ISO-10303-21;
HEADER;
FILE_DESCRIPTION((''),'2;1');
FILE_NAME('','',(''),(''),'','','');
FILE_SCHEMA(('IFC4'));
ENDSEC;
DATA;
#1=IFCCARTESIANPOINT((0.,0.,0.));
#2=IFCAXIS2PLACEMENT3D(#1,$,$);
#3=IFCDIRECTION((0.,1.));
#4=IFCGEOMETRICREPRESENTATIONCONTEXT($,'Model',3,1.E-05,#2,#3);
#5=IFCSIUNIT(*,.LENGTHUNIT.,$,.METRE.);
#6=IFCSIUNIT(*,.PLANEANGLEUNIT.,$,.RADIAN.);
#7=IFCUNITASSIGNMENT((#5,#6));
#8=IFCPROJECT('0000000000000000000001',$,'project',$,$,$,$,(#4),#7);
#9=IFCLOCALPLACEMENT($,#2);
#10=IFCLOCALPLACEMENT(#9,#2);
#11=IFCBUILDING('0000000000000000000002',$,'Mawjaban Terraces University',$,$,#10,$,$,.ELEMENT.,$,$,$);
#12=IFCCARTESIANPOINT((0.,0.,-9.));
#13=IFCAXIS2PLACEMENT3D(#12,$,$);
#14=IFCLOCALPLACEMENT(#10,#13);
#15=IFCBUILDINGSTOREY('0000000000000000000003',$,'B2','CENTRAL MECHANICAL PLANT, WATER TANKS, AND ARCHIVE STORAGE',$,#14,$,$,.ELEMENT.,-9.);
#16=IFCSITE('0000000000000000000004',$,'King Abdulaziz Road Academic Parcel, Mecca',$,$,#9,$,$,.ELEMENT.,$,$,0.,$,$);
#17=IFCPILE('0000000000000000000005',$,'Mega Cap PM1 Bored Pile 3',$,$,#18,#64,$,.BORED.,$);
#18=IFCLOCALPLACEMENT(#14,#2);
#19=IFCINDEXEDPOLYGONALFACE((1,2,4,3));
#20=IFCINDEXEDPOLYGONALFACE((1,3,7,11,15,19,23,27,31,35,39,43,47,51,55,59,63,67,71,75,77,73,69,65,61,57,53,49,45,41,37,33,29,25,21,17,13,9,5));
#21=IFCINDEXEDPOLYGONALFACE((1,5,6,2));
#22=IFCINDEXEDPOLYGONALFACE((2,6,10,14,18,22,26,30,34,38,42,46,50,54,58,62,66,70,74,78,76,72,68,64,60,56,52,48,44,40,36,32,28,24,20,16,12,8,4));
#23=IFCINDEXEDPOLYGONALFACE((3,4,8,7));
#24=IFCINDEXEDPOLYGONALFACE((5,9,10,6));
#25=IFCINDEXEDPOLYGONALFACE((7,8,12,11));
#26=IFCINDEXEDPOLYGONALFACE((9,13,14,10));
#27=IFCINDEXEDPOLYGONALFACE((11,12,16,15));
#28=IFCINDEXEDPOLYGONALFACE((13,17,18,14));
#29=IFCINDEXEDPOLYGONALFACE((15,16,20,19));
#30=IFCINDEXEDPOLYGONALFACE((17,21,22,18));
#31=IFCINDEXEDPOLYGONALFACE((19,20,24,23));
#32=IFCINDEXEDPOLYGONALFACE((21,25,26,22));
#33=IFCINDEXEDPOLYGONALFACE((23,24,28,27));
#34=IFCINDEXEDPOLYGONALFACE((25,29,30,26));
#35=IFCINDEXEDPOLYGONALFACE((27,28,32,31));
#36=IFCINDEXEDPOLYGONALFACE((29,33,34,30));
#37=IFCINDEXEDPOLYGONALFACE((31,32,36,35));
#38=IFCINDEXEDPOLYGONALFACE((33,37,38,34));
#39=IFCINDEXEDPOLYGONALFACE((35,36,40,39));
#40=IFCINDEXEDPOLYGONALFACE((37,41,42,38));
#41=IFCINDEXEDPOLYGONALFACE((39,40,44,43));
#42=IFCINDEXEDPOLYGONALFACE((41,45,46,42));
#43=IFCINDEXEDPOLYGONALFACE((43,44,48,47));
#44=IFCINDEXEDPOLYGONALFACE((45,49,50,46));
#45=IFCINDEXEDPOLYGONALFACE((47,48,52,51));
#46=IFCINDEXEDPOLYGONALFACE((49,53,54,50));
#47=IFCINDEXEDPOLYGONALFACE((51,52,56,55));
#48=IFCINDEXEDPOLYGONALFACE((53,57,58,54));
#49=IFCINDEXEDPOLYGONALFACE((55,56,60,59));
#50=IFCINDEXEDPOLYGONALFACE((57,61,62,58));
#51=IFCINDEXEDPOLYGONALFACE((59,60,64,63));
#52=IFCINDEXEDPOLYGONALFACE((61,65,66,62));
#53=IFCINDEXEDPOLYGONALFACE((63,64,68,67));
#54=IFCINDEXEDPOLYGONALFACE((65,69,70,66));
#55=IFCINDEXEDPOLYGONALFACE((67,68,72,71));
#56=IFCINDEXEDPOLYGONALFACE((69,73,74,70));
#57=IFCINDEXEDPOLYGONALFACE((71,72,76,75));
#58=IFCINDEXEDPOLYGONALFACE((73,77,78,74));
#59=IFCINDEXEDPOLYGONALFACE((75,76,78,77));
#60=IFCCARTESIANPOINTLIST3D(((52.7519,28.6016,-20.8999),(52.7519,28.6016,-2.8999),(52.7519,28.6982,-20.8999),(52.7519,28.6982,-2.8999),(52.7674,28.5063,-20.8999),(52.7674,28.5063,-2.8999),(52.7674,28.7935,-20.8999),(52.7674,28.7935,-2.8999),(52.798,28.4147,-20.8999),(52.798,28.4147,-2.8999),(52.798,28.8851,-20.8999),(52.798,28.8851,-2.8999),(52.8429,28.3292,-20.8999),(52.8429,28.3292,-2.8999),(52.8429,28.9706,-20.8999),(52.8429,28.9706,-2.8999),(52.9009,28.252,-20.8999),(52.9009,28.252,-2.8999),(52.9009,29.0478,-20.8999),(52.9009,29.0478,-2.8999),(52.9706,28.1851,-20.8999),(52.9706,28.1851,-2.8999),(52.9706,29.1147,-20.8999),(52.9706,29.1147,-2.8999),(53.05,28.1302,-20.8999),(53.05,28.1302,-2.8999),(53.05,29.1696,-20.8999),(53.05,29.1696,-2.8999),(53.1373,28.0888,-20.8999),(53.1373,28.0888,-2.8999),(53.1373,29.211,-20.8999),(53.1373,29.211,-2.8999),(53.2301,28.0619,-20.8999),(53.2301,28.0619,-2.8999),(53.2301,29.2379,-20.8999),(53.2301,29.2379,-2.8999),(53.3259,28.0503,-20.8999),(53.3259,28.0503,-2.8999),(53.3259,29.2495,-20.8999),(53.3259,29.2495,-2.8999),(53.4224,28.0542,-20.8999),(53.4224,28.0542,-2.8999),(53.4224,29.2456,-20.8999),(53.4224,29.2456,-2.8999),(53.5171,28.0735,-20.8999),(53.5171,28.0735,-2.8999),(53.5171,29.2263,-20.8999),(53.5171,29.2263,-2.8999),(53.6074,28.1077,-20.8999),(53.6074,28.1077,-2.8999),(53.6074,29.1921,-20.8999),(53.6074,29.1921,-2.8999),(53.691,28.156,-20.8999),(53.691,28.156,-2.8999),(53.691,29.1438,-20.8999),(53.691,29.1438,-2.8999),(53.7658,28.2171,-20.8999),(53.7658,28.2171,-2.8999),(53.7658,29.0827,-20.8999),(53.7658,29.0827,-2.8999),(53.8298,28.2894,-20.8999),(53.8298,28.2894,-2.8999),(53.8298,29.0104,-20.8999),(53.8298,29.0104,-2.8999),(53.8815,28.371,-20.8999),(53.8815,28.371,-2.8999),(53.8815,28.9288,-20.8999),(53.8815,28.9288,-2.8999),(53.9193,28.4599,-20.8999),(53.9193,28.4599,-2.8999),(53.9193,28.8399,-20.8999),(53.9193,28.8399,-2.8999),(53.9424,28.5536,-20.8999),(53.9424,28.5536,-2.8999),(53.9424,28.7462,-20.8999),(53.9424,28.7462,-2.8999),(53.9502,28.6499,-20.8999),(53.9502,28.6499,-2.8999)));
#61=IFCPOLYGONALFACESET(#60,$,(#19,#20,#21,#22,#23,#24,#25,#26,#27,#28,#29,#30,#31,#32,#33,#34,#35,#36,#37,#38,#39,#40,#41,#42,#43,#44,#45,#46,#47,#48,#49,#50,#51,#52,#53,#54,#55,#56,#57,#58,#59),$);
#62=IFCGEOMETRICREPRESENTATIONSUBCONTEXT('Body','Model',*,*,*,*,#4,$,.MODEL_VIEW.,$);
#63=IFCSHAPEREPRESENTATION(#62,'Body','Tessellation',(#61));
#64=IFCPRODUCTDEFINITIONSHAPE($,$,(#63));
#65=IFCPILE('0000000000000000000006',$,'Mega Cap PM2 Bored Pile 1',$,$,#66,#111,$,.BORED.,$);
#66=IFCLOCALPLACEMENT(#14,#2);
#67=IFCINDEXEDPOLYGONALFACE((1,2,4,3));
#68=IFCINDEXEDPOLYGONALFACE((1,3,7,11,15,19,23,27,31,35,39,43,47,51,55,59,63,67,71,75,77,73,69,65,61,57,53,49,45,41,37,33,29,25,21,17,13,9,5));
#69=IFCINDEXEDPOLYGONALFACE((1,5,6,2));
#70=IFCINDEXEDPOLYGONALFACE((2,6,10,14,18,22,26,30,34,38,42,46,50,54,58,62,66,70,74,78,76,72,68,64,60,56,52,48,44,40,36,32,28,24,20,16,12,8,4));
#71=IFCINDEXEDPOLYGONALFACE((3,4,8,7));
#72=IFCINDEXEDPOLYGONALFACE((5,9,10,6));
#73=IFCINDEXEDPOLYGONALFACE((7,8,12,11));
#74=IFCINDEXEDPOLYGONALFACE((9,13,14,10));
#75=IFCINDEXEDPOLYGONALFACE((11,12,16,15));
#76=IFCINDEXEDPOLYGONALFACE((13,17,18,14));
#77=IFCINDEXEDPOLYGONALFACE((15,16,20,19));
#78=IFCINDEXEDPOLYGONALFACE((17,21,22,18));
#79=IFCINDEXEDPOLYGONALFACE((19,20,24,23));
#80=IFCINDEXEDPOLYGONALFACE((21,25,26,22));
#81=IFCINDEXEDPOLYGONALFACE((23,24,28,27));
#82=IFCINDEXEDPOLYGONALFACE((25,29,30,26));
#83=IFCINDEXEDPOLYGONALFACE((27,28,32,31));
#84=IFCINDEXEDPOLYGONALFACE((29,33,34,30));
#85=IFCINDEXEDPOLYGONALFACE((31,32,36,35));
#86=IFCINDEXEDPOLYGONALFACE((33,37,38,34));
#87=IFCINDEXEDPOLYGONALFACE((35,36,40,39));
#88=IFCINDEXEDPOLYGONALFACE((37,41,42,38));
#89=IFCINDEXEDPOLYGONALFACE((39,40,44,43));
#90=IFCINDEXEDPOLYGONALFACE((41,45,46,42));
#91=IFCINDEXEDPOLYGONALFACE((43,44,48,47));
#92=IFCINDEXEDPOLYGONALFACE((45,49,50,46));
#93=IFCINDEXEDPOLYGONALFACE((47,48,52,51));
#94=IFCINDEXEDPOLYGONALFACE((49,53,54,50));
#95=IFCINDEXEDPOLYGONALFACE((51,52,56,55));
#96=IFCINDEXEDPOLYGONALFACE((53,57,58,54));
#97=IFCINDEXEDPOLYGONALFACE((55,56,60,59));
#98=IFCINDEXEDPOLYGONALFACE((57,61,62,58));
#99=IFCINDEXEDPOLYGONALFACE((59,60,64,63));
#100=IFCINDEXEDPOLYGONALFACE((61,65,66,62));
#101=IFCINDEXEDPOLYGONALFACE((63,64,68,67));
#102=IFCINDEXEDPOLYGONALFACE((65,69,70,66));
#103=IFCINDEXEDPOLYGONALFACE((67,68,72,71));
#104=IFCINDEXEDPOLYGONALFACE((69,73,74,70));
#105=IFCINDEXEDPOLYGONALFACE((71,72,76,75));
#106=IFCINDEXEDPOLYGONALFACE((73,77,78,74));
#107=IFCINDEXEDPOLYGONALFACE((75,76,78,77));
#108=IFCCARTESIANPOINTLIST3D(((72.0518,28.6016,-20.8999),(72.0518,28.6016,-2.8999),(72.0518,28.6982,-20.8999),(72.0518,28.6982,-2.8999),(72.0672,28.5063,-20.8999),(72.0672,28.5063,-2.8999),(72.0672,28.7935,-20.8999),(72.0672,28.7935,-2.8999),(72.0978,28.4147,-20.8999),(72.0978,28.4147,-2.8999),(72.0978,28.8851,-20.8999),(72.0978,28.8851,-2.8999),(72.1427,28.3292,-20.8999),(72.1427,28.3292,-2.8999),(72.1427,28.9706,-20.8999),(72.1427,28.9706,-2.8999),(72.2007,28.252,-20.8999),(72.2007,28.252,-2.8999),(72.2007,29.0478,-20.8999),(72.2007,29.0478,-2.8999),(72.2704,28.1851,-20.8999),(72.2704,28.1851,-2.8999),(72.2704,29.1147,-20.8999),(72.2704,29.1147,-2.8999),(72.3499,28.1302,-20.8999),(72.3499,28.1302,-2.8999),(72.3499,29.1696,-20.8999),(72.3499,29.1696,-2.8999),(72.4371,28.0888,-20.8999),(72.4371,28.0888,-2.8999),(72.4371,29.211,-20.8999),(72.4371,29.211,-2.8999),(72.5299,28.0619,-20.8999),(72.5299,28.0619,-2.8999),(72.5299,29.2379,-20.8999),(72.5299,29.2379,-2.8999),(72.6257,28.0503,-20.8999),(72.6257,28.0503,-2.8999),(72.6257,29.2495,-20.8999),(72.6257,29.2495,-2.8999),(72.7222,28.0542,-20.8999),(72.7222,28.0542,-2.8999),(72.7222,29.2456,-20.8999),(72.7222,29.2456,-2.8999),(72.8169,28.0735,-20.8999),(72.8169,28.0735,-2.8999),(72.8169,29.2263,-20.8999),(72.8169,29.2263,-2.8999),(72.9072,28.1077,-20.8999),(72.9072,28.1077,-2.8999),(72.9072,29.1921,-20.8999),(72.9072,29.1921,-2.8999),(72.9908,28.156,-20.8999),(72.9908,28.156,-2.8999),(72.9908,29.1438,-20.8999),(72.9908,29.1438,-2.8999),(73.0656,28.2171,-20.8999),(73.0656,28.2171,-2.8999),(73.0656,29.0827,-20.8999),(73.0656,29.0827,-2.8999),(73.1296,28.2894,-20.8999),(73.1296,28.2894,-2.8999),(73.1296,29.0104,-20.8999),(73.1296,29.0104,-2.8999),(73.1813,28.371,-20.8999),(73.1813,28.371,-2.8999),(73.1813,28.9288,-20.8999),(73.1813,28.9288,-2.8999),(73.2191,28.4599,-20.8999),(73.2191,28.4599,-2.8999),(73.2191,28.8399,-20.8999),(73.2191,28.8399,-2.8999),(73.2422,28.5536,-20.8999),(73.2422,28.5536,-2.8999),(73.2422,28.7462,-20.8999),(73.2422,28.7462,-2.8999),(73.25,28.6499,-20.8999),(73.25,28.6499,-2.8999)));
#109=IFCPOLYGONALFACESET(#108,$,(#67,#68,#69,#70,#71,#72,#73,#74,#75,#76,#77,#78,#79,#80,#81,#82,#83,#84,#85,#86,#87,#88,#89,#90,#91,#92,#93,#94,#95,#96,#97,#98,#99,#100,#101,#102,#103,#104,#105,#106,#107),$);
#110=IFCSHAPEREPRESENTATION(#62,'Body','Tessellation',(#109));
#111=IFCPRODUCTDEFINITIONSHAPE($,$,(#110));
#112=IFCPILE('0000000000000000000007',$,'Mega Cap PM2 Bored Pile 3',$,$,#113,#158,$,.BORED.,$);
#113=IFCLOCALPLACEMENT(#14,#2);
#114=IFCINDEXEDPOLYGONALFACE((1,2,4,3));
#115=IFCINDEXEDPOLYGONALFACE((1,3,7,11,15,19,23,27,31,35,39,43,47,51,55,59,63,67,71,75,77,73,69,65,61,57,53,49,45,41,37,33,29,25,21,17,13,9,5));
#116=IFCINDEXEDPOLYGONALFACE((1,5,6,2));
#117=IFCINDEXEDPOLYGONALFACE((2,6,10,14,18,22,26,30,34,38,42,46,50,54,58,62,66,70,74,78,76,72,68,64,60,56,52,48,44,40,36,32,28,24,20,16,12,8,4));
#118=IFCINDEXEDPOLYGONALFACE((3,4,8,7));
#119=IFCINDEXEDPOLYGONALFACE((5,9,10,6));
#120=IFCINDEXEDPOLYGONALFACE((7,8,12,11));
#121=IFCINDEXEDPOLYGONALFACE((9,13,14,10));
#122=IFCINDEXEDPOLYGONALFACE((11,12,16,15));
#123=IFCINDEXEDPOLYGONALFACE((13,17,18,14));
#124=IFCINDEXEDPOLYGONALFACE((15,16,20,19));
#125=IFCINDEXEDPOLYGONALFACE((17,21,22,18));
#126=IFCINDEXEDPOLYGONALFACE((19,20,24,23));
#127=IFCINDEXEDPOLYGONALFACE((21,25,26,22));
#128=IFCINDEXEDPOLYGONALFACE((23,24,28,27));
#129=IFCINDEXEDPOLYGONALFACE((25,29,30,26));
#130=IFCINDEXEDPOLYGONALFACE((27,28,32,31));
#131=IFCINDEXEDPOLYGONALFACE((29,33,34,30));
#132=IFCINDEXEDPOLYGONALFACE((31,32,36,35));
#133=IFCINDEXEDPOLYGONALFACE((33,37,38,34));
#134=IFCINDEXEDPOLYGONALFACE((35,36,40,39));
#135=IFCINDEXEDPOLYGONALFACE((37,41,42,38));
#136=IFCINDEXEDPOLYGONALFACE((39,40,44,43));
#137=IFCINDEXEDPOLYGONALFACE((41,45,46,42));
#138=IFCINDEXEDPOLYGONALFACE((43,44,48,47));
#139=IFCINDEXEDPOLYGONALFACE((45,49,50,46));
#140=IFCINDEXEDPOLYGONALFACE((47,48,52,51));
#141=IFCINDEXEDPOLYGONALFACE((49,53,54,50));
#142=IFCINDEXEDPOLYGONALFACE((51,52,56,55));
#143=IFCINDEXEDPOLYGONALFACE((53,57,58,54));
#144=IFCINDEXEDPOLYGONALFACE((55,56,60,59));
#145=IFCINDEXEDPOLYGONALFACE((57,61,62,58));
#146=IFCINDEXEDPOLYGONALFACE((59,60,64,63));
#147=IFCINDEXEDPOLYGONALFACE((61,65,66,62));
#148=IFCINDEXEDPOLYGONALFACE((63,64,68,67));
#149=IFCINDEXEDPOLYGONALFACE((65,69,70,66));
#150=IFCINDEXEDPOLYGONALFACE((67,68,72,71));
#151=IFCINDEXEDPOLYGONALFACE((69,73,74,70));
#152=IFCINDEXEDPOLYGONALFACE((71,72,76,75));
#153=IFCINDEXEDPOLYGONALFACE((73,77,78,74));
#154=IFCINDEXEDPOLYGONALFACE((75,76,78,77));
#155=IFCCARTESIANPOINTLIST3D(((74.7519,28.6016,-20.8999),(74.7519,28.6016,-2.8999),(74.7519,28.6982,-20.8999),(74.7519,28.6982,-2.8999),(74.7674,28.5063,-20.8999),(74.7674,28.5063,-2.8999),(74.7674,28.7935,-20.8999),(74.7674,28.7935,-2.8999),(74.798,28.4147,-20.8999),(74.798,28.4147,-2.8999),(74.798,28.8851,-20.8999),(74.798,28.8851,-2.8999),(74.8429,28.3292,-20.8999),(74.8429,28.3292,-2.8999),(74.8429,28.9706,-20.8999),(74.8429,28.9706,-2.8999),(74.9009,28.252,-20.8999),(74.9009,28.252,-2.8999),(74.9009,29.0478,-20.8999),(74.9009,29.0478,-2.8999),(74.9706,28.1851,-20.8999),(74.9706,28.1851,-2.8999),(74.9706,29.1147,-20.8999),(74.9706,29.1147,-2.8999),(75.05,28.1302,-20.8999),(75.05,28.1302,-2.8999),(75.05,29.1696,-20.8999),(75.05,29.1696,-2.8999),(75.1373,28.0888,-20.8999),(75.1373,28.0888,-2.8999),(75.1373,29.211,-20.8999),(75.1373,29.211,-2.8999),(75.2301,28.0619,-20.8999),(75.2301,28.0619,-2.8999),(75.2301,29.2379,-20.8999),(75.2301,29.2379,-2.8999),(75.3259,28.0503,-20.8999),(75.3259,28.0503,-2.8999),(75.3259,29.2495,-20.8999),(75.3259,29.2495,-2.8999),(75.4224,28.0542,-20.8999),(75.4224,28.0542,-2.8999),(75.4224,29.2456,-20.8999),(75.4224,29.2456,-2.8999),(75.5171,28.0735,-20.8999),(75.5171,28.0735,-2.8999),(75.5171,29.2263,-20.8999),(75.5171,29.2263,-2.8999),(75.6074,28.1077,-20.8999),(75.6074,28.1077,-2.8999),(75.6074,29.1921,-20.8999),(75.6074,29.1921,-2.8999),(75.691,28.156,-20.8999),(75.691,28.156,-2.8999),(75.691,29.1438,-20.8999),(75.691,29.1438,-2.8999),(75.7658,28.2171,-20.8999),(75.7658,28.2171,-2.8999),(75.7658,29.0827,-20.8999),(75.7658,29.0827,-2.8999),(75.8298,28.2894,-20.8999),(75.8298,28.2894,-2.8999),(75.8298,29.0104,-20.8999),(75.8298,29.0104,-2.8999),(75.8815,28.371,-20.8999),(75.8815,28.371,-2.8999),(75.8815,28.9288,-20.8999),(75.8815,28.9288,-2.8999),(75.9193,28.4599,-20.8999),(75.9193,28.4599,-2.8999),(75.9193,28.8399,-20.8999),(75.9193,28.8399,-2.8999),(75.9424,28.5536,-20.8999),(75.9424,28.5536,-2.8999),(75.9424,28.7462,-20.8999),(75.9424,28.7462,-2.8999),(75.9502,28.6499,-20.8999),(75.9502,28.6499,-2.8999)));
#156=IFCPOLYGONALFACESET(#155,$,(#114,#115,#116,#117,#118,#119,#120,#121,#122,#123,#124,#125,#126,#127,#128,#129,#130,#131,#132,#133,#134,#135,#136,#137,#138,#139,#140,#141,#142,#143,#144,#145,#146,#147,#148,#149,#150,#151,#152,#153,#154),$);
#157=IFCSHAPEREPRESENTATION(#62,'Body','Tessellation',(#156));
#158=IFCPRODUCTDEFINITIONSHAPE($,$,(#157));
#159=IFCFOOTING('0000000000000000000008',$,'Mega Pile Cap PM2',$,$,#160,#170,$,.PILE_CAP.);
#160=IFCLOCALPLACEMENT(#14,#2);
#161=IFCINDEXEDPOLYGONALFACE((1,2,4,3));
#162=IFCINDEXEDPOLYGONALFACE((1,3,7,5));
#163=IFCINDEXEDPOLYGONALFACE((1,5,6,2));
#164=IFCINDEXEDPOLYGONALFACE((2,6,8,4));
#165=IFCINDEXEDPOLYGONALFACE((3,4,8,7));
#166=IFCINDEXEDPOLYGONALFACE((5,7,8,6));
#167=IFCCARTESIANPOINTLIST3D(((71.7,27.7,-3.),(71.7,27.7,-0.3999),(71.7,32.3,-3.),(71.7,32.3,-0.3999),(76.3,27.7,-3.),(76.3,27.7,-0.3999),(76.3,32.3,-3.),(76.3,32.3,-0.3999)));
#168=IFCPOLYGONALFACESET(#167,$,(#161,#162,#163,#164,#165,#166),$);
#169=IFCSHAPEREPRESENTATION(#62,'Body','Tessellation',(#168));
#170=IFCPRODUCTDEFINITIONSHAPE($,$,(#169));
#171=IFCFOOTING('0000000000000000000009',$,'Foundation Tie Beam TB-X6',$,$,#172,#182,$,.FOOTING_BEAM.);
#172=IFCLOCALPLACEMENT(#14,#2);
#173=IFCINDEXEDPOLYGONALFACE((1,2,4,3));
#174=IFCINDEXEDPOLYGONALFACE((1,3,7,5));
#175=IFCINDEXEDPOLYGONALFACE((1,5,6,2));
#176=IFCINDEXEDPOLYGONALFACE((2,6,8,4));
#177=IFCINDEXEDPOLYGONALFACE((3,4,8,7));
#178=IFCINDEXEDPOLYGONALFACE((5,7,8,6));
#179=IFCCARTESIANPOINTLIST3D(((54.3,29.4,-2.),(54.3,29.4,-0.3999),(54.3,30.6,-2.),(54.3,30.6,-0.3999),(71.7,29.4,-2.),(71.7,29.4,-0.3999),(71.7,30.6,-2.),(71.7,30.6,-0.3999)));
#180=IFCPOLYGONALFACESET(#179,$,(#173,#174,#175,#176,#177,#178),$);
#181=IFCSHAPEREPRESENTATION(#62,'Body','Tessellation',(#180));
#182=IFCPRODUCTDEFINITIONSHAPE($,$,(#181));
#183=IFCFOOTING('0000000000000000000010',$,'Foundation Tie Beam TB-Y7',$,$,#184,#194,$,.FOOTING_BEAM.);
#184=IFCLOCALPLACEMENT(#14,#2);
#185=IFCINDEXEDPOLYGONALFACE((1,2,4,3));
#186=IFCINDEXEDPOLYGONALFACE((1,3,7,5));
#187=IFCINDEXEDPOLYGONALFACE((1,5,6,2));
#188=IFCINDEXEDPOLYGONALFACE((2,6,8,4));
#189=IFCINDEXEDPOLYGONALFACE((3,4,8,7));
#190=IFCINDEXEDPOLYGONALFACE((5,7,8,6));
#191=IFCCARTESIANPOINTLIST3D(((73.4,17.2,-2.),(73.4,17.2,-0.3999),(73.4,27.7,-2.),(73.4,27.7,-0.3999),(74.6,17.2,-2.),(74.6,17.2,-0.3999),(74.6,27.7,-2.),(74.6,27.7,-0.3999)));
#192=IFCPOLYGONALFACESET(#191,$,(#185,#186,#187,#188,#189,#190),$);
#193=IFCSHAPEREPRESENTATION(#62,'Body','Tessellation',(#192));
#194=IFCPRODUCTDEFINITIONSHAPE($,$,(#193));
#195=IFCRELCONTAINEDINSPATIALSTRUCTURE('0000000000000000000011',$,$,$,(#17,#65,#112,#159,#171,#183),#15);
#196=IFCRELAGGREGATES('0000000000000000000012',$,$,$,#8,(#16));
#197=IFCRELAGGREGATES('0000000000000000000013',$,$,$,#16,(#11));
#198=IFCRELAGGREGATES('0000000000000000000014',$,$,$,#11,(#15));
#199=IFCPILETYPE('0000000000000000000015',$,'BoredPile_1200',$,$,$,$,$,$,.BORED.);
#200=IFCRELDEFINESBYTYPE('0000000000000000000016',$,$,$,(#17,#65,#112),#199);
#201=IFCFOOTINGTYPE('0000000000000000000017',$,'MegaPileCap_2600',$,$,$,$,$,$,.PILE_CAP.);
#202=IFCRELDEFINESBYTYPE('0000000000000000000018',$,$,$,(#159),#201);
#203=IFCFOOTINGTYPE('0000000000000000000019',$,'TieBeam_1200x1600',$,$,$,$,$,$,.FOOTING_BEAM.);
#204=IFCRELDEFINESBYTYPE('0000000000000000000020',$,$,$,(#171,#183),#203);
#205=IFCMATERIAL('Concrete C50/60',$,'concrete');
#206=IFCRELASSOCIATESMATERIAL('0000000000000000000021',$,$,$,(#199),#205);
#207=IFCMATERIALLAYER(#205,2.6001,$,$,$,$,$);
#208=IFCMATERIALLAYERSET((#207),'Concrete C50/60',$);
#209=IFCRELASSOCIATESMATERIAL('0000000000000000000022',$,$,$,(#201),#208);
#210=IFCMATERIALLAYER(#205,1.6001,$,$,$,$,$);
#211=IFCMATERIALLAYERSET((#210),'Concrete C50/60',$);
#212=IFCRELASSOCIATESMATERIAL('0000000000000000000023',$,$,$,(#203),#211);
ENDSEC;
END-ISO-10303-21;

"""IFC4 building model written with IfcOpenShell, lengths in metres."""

from ifc_helpers import new_model, si_unit, direction, frame, origin, origin_2d, place, context, subcontext, project, spatial, rectangle, circle, extrude, material, layer, layer_set, material_profile, profile_set, type_object, element, save


model = new_model("IFC4")

# Units and contexts
model_context = context("Model", 3, precision=1e-05, world=origin(), true_north=direction((0.0, 1.0)))
body_context = subcontext(model_context, "Body", "Model", "MODEL_VIEW")
ifc_project = project(units=[si_unit("LENGTHUNIT", "METRE"), si_unit("PLANEANGLEUNIT", "RADIAN")], contexts=[model_context])

# Site, building, storey
site_placement = place(None, origin())
site = spatial("IfcSite", under=ifc_project, at=site_placement, Name="King Abdulaziz Road Academic Parcel, Mecca", CompositionType="ELEMENT", RefElevation=0.0)
building_placement = place(site_placement, origin())
building = spatial("IfcBuilding", under=site, at=building_placement, Name="Mawjaban Terraces University", CompositionType="ELEMENT")
storey_placement = place(building_placement, frame((0.0, 0.0, -9.0)))
storey = spatial("IfcBuildingStorey", under=building, at=storey_placement, Name="B2", Description="CENTRAL MECHANICAL PLANT, WATER TANKS, AND ARCHIVE STORAGE", CompositionType="ELEMENT", Elevation=-9.0)

# Piles
ifc_material_1 = material(Name="Concrete C50/60", Category="concrete")
ifc_material_profile_1 = material_profile(ifc_material_1, circle(Radius=0.6001, at=origin_2d()), Name="PILE1200")
ifc_profile_set_1 = profile_set([ifc_material_profile_1], Name="Concrete C50/60")
pile_type = type_object("IfcPileType", Name="BoredPile_1200", PredefinedType="BORED", material=ifc_profile_set_1)
for number, where, z_axis, x_axis, name in (
    (1, (53.3501, 28.6499, -2.8999), (0.0, 0.0, -1.0), (1.0, 0.0, 0.0), "Mega Cap PM1 Bored Pile 3"),
    (2, (72.6499, 28.6499, -2.8999), (0.0, 0.0, -1.0), (1.0, 0.0, 0.0), "Mega Cap PM2 Bored Pile 1"),
    (3, (75.3501, 28.6499, -2.8999), (0.0, 0.0, -1.0), (1.0, 0.0, 0.0), "Mega Cap PM2 Bored Pile 3"),
):
    element("IfcPile", number, at=place(storey_placement, frame(where, z_axis=z_axis, x_axis=x_axis)), inside=storey, type_object=pile_type, Name=name, PredefinedType="BORED", context=body_context, shape_type="SweptSolid", body=[
        extrude(circle(Radius=0.6001, at=origin_2d()), origin(), (0.0, 0.0, 1.0), 18.0),
    ])

# Footings
ifc_layer_1 = layer(ifc_material_1, 2.6001)
ifc_layer_set_1 = layer_set([ifc_layer_1], Name="Concrete C50/60")
footing_type_1 = type_object("IfcFootingType", Name="MegaPileCap_2600", PredefinedType="PILE_CAP", material=ifc_layer_set_1)
footing_1_placement = place(storey_placement, frame((74.0, 30.0, -3.0), z_axis=(0.0, 0.0, 1.0), x_axis=(1.0, 0.0, 0.0)))
element("IfcFooting", 4, at=footing_1_placement, inside=storey, type_object=footing_type_1, Name="Mega Pile Cap PM2", PredefinedType="PILE_CAP", context=body_context, shape_type="SweptSolid", body=[
    extrude(rectangle(XDim=4.6001, YDim=4.6001, at=origin_2d()), origin(), (0.0, 0.0, 1.0), 2.6001),
])
ifc_layer_2 = layer(ifc_material_1, 1.6001)
ifc_layer_set_2 = layer_set([ifc_layer_2], Name="Concrete C50/60")
footing_type_2 = type_object("IfcFootingType", Name="TieBeam_1200x1600", PredefinedType="FOOTING_BEAM", material=ifc_layer_set_2)
footing_2_placement = place(storey_placement, frame((63.0, 30.0, -2.0), z_axis=(0.0, 0.0, 1.0), x_axis=(1.0, 0.0, 0.0)))
element("IfcFooting", 5, at=footing_2_placement, inside=storey, type_object=footing_type_2, Name="Foundation Tie Beam TB-X6", PredefinedType="FOOTING_BEAM", context=body_context, shape_type="SweptSolid", body=[
    extrude(rectangle(XDim=17.3999, YDim=1.2, at=origin_2d()), origin(), (0.0, 0.0, 1.0), 1.6001),
])
footing_3_placement = place(storey_placement, frame((74.0, 22.45, -2.0), z_axis=(0.0, 0.0, 1.0), x_axis=(1.0, 0.0, 0.0)))
element("IfcFooting", 6, at=footing_3_placement, inside=storey, type_object=footing_type_2, Name="Foundation Tie Beam TB-Y7", PredefinedType="FOOTING_BEAM", context=body_context, shape_type="SweptSolid", body=[
    extrude(rectangle(XDim=1.2, YDim=10.5, at=origin_2d()), origin(), (0.0, 0.0, 1.0), 1.6001),
])

save(model, "model.ifc")
